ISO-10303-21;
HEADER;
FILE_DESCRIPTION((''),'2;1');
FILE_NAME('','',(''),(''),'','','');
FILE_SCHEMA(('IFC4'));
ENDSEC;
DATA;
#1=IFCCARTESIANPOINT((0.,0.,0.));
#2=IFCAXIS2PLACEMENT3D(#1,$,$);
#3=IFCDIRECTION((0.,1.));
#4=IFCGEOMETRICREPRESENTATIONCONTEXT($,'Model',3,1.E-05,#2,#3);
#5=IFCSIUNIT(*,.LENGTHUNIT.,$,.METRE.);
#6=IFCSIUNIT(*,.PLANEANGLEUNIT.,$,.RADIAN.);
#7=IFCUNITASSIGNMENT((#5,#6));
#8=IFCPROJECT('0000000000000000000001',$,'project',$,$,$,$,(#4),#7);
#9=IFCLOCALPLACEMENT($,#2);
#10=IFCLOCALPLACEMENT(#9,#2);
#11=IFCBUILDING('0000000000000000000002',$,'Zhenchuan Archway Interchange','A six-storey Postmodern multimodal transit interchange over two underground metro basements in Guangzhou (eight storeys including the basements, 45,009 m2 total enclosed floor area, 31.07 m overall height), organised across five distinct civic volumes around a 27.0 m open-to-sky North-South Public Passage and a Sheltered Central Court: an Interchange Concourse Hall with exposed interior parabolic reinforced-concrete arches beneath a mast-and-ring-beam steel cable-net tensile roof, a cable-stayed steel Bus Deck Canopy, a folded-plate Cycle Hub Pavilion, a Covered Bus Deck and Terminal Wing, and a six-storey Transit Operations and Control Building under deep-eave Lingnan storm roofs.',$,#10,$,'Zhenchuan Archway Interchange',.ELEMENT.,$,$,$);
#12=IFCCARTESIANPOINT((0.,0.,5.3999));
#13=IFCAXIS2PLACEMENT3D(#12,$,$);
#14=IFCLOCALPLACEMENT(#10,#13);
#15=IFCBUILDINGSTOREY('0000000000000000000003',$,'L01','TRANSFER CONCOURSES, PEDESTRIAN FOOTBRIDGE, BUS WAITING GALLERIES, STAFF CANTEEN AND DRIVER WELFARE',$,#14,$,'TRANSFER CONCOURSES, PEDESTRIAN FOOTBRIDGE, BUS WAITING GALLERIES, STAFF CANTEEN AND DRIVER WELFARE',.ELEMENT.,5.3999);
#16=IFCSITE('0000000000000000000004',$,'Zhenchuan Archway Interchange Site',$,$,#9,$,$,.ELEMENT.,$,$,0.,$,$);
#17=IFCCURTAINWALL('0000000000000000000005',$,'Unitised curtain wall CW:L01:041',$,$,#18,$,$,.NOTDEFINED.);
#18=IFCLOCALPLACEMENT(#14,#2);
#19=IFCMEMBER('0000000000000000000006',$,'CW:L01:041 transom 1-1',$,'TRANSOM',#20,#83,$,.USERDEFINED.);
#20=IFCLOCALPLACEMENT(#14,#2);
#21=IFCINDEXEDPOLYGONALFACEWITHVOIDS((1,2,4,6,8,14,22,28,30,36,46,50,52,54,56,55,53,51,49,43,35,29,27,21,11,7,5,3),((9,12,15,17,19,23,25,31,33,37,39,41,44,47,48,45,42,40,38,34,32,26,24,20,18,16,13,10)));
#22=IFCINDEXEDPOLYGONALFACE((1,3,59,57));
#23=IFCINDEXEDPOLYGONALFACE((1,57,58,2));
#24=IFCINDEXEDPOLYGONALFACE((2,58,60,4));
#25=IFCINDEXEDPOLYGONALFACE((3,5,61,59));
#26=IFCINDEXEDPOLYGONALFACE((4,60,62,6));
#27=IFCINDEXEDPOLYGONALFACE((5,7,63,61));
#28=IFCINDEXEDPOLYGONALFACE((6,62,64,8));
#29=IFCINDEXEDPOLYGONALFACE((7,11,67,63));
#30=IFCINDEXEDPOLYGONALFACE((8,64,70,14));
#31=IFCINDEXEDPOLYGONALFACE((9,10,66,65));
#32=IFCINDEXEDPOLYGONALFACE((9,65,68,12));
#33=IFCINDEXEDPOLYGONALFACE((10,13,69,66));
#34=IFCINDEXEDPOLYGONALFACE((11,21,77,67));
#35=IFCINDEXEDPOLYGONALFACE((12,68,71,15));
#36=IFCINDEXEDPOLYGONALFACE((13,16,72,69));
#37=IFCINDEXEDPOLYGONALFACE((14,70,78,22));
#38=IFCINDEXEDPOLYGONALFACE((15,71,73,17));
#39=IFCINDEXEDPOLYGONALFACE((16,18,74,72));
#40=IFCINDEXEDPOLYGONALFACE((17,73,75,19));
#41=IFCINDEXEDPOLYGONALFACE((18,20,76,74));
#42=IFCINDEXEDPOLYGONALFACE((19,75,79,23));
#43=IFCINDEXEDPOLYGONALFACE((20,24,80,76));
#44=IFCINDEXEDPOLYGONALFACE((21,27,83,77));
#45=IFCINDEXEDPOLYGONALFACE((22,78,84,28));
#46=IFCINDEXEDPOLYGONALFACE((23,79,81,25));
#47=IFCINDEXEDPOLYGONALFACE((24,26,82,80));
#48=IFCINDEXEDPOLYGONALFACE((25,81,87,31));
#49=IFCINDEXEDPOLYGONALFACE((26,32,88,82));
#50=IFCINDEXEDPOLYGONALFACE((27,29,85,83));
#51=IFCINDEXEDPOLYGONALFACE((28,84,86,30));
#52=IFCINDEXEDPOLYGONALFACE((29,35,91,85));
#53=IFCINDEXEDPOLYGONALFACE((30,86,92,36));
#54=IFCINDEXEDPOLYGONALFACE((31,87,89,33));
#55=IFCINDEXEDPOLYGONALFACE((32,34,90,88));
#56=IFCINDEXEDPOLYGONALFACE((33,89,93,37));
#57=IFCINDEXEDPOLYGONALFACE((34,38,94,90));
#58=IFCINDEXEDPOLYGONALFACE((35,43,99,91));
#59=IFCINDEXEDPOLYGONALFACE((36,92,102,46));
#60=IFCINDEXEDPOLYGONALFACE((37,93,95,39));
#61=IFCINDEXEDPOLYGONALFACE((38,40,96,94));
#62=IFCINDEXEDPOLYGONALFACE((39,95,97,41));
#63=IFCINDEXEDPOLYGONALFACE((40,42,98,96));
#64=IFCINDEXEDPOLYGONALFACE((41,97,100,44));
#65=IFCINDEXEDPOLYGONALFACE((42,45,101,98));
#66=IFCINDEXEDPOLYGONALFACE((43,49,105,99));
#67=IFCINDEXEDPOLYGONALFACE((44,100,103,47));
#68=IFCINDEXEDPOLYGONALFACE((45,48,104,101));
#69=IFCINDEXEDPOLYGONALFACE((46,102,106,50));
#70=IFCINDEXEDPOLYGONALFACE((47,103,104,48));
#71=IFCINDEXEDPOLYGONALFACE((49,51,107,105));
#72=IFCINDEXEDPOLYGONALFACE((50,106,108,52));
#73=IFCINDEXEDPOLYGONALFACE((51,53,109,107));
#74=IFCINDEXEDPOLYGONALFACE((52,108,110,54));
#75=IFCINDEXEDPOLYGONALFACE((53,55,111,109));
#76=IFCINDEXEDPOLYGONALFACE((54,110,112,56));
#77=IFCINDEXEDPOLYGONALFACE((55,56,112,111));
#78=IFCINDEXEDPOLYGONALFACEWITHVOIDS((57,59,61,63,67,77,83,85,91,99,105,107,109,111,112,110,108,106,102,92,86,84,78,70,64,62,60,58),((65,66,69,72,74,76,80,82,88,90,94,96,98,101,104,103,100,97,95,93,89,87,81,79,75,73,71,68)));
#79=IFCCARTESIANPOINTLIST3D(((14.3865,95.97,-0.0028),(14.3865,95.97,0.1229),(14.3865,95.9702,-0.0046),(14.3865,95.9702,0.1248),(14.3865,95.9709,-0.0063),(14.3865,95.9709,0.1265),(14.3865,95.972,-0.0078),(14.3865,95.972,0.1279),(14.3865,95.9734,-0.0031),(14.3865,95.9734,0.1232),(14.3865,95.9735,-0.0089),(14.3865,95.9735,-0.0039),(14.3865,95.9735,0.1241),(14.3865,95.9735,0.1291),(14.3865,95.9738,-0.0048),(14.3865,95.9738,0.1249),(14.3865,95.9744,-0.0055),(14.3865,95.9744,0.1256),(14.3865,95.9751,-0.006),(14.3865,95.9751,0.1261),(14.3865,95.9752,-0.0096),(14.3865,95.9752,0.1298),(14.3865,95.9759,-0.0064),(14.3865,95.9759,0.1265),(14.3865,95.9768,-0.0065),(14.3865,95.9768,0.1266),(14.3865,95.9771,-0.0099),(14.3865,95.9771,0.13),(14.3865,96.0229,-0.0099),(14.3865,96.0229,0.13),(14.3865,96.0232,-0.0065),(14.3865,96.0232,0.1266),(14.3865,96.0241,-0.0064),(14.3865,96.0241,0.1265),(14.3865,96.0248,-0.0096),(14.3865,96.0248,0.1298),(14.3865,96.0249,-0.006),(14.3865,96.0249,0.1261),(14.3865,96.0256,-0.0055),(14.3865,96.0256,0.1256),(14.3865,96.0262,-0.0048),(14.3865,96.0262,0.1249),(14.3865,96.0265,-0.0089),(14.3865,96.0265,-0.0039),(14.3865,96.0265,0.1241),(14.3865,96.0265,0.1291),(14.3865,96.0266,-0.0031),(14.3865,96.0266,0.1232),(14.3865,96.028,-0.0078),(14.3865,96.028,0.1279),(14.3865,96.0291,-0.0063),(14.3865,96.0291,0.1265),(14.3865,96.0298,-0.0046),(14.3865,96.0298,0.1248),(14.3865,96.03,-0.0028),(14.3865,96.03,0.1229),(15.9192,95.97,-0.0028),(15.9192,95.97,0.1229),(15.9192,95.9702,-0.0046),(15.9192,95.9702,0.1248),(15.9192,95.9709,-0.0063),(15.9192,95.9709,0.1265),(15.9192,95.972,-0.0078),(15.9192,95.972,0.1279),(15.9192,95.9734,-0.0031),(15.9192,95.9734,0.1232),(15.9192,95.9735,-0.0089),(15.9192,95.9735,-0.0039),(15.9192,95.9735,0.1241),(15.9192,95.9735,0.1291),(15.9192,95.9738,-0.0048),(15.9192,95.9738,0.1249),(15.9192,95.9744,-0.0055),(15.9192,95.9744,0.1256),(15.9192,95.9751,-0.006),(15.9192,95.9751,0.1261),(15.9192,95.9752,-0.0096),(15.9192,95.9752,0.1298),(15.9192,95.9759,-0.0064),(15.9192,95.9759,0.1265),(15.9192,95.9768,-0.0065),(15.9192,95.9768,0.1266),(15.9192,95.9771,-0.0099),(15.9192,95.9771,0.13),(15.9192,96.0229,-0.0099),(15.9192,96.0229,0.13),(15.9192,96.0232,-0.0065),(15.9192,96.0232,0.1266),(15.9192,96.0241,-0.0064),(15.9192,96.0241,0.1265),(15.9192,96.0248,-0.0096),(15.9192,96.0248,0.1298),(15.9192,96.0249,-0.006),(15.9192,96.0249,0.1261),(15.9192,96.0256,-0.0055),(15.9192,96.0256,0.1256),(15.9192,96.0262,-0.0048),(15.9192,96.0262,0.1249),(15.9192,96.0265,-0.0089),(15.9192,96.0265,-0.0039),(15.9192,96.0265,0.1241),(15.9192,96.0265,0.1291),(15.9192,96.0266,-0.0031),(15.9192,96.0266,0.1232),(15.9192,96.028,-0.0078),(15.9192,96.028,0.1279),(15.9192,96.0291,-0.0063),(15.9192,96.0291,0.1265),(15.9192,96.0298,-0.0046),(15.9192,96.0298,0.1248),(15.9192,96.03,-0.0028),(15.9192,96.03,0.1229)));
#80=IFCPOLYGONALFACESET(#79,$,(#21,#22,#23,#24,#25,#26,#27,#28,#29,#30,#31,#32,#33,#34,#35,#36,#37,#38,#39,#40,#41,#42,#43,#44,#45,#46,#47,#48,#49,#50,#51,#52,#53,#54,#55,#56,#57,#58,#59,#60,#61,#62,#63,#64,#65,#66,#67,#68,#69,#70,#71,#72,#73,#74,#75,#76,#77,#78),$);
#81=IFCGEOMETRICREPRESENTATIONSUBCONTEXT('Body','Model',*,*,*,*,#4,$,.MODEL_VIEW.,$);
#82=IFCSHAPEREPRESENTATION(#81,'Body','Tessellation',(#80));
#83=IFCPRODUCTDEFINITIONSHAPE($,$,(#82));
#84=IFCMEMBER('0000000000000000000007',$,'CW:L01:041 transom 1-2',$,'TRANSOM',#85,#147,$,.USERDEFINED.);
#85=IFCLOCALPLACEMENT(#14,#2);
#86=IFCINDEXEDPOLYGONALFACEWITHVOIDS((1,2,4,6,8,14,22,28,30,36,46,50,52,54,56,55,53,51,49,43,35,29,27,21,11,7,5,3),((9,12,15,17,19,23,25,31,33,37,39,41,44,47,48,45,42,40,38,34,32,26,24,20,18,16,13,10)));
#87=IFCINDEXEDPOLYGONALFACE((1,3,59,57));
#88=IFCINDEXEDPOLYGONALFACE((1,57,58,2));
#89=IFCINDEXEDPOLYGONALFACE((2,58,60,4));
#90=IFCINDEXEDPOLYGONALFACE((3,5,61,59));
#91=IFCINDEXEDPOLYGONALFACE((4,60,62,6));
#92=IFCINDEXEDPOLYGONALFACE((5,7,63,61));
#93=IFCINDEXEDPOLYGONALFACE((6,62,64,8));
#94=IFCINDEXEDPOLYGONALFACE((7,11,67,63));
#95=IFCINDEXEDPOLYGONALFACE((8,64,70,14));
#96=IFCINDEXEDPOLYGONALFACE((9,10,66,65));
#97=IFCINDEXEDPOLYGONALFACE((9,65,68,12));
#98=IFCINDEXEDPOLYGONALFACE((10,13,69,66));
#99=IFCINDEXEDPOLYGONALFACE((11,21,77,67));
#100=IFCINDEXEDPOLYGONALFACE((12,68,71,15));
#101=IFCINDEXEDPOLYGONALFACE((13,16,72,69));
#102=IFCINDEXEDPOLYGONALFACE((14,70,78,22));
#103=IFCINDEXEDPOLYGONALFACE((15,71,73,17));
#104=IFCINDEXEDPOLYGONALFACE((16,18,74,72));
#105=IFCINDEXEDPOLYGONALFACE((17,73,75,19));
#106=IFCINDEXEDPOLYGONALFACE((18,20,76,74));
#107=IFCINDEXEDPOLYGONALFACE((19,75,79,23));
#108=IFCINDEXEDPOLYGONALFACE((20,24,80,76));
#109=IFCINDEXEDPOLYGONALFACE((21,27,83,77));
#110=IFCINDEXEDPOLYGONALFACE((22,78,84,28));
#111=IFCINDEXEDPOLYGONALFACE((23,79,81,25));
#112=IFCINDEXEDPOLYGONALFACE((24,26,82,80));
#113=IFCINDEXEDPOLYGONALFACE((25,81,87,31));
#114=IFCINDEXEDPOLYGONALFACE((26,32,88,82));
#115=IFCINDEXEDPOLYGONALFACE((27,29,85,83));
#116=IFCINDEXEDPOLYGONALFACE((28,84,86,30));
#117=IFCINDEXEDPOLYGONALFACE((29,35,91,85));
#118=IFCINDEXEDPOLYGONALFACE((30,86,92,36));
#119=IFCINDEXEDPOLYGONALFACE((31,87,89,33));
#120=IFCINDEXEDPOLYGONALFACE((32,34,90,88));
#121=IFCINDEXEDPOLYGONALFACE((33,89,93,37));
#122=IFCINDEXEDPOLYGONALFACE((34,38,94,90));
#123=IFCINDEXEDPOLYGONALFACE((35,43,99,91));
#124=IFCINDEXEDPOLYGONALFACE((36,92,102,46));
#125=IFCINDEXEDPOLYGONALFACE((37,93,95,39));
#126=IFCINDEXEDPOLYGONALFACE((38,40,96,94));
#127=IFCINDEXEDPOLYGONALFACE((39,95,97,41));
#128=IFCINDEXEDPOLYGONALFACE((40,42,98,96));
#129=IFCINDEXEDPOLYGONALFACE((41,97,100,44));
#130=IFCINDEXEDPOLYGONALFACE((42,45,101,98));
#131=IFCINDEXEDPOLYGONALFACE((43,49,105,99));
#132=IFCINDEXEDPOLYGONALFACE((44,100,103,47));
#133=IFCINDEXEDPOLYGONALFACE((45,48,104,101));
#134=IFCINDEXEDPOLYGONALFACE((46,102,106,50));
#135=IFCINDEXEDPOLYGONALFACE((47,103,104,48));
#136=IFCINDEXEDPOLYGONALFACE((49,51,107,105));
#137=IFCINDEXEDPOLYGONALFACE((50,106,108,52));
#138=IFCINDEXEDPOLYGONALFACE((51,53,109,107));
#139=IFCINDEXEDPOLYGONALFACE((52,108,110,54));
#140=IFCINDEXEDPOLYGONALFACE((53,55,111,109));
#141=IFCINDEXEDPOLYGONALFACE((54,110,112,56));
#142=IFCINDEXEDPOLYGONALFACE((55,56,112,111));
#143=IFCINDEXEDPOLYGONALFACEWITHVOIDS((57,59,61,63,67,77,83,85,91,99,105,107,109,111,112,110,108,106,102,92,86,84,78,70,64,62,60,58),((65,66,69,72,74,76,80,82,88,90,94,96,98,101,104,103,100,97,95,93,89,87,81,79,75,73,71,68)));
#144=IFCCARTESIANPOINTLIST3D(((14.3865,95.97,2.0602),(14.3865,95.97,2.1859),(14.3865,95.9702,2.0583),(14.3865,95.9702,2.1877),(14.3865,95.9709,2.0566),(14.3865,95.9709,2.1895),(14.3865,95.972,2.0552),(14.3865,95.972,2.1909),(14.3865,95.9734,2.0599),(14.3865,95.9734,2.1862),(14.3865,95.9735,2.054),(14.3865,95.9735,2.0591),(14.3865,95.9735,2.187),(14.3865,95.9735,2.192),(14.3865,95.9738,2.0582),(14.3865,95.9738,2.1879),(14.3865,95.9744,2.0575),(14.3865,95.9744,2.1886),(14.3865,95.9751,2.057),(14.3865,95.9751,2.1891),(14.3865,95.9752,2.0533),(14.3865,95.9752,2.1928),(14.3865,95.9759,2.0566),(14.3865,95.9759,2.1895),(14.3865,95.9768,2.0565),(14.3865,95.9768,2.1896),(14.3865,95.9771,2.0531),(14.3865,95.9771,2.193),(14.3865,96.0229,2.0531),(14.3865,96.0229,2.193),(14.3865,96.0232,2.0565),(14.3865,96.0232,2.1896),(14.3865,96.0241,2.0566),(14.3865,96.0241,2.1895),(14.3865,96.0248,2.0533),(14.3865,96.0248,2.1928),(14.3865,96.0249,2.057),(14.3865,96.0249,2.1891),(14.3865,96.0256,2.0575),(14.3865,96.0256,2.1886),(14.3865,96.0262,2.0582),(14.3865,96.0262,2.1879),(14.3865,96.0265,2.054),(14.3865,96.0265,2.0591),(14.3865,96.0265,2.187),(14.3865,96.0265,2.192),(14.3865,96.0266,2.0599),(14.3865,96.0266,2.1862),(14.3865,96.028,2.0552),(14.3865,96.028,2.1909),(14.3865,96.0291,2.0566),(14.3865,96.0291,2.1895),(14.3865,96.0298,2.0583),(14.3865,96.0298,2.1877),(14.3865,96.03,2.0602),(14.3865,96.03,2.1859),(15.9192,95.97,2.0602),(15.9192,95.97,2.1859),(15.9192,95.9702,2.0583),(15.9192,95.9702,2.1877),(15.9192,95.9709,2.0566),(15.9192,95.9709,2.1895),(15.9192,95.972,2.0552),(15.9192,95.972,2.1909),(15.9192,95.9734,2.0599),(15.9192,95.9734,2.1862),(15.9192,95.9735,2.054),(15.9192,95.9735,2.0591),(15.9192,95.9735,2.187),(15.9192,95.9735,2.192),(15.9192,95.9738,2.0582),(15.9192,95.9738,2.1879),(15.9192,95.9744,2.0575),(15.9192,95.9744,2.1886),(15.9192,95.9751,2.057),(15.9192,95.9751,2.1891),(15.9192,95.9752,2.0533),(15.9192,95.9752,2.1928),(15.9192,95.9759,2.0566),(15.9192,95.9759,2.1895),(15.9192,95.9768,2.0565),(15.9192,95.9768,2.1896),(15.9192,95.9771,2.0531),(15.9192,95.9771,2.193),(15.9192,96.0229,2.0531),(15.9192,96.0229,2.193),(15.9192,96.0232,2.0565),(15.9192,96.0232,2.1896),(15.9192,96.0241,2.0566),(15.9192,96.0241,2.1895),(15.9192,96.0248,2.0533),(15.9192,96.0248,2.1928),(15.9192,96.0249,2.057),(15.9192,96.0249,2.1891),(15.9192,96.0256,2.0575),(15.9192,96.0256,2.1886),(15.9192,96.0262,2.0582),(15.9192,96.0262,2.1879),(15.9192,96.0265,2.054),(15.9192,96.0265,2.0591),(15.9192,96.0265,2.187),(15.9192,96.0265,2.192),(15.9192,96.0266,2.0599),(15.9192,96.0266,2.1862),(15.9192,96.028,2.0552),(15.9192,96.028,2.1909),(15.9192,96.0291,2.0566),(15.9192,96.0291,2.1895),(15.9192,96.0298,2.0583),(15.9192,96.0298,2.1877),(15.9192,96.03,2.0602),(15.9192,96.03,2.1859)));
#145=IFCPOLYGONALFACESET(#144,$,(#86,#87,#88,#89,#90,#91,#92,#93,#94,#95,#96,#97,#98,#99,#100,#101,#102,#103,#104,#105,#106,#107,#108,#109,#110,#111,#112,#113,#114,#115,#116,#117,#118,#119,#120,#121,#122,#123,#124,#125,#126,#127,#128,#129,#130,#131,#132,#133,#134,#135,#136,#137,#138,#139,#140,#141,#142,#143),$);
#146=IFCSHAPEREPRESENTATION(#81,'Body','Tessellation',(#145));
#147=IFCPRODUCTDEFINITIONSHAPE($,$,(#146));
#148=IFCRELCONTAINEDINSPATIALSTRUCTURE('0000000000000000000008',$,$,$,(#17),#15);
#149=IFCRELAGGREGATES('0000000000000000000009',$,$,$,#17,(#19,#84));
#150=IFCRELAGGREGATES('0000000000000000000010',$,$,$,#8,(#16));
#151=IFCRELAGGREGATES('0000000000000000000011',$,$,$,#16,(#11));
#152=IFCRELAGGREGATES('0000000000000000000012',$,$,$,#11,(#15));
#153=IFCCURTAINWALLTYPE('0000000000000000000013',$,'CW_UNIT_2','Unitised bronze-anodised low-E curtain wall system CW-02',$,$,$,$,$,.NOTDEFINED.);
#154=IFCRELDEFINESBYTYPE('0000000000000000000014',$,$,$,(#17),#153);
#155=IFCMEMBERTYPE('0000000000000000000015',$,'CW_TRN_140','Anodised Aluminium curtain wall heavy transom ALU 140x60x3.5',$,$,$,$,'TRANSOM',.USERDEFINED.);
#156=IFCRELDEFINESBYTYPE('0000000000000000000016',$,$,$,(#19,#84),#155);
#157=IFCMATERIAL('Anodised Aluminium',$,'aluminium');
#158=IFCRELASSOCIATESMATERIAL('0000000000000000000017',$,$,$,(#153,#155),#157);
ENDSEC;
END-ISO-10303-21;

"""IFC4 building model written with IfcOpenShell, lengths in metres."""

from ifc_helpers import new_model, si_unit, direction, frame, origin, origin_2d, place, context, subcontext, project, spatial, hollow_rectangle, extrude, material, material_profile, profile_set, type_object, element, aggregate, save


model = new_model("IFC4")

# Units and contexts
model_context = context("Model", 3, precision=1e-05, world=origin(), true_north=direction((0.0, 1.0)))
body_context = subcontext(model_context, "Body", "Model", "MODEL_VIEW")
ifc_project = project(units=[si_unit("LENGTHUNIT", "METRE"), si_unit("PLANEANGLEUNIT", "RADIAN")], contexts=[model_context])

# Site, building, storey
site_placement = place(None, origin())
site = spatial("IfcSite", under=ifc_project, at=site_placement, Name="Zhenchuan Archway Interchange Site", CompositionType="ELEMENT", RefElevation=0.0)
building_placement = place(site_placement, origin())
building = spatial("IfcBuilding", under=site, at=building_placement, Name="Zhenchuan Archway Interchange", Description="A six-storey Postmodern multimodal transit interchange over two underground metro basements in Guangzhou (eight storeys including the basements, 45,009 m2 total enclosed floor area, 31.07 m overall height), organised across five distinct civic volumes around a 27.0 m open-to-sky North-South Public Passage and a Sheltered Central Court: an Interchange Concourse Hall with exposed interior parabolic reinforced-concrete arches beneath a mast-and-ring-beam steel cable-net tensile roof, a cable-stayed steel Bus Deck Canopy, a folded-plate Cycle Hub Pavilion, a Covered Bus Deck and Terminal Wing, and a six-storey Transit Operations and Control Building under deep-eave Lingnan storm roofs.", LongName="Zhenchuan Archway Interchange", CompositionType="ELEMENT")
storey_placement = place(building_placement, frame((0.0, 0.0, 5.3999)))
storey = spatial("IfcBuildingStorey", under=building, at=storey_placement, Name="L01", Description="TRANSFER CONCOURSES, PEDESTRIAN FOOTBRIDGE, BUS WAITING GALLERIES, STAFF CANTEEN AND DRIVER WELFARE", LongName="TRANSFER CONCOURSES, PEDESTRIAN FOOTBRIDGE, BUS WAITING GALLERIES, STAFF CANTEEN AND DRIVER WELFARE", CompositionType="ELEMENT", Elevation=5.3999)

# Curtain wall, members
ifc_material_1 = material(Name="Anodised Aluminium", Category="aluminium")
curtain_wall_type = type_object("IfcCurtainWallType", Name="CW_UNIT_2", Description="Unitised bronze-anodised low-E curtain wall system CW-02", PredefinedType="NOTDEFINED", material=ifc_material_1)
curtain_wall_placement = place(storey_placement, origin())
curtain_wall = element("IfcCurtainWall", 1, at=curtain_wall_placement, inside=storey, type_object=curtain_wall_type, Name="Unitised curtain wall CW:L01:041", PredefinedType="NOTDEFINED")
ifc_material_profile_1 = material_profile(ifc_material_1, hollow_rectangle(XDim=0.0601, YDim=0.1399, WallThickness=0.0034, InnerFilletRadius=0.0034, OuterFilletRadius=0.0071, at=origin_2d()), Name="ALU 140x60x3.5")
ifc_profile_set_1 = profile_set([ifc_material_profile_1], Name="Anodised Aluminium")
member_type_1 = type_object("IfcMemberType", Name="CW_TRN_140", Description="Anodised Aluminium curtain wall heavy transom ALU 140x60x3.5", ElementType="TRANSOM", PredefinedType="USERDEFINED", material=ifc_profile_set_1)
member_1_placement = place(storey_placement, frame((15.9192, 96.0, 0.0601), z_axis=(-1.0, 0.0, 0.0), x_axis=(0.0, -1.0, 0.0)))
member_1 = element("IfcMember", 2, at=member_1_placement, type_object=member_type_1, Name="CW:L01:041 transom 1-1", ObjectType="TRANSOM", PredefinedType="USERDEFINED", context=body_context, shape_type="SweptSolid", body=[
    extrude(hollow_rectangle(XDim=0.0601, YDim=0.1399, WallThickness=0.0034, InnerFilletRadius=0.0034, OuterFilletRadius=0.0071, at=origin_2d()), origin(), (0.0, 0.0, 1.0), 1.5327),
])
member_2_placement = place(storey_placement, frame((15.9192, 96.0, 2.123), z_axis=(-1.0, 0.0, 0.0), x_axis=(0.0, -1.0, 0.0)))
member_2 = element("IfcMember", 3, at=member_2_placement, type_object=member_type_1, Name="CW:L01:041 transom 1-2", ObjectType="TRANSOM", PredefinedType="USERDEFINED", context=body_context, shape_type="SweptSolid", body=[
    extrude(hollow_rectangle(XDim=0.0601, YDim=0.1399, WallThickness=0.0034, InnerFilletRadius=0.0034, OuterFilletRadius=0.0071, at=origin_2d()), origin(), (0.0, 0.0, 1.0), 1.5327),
])

aggregate(curtain_wall, [member_1, member_2])

save(model, "model.ifc")
